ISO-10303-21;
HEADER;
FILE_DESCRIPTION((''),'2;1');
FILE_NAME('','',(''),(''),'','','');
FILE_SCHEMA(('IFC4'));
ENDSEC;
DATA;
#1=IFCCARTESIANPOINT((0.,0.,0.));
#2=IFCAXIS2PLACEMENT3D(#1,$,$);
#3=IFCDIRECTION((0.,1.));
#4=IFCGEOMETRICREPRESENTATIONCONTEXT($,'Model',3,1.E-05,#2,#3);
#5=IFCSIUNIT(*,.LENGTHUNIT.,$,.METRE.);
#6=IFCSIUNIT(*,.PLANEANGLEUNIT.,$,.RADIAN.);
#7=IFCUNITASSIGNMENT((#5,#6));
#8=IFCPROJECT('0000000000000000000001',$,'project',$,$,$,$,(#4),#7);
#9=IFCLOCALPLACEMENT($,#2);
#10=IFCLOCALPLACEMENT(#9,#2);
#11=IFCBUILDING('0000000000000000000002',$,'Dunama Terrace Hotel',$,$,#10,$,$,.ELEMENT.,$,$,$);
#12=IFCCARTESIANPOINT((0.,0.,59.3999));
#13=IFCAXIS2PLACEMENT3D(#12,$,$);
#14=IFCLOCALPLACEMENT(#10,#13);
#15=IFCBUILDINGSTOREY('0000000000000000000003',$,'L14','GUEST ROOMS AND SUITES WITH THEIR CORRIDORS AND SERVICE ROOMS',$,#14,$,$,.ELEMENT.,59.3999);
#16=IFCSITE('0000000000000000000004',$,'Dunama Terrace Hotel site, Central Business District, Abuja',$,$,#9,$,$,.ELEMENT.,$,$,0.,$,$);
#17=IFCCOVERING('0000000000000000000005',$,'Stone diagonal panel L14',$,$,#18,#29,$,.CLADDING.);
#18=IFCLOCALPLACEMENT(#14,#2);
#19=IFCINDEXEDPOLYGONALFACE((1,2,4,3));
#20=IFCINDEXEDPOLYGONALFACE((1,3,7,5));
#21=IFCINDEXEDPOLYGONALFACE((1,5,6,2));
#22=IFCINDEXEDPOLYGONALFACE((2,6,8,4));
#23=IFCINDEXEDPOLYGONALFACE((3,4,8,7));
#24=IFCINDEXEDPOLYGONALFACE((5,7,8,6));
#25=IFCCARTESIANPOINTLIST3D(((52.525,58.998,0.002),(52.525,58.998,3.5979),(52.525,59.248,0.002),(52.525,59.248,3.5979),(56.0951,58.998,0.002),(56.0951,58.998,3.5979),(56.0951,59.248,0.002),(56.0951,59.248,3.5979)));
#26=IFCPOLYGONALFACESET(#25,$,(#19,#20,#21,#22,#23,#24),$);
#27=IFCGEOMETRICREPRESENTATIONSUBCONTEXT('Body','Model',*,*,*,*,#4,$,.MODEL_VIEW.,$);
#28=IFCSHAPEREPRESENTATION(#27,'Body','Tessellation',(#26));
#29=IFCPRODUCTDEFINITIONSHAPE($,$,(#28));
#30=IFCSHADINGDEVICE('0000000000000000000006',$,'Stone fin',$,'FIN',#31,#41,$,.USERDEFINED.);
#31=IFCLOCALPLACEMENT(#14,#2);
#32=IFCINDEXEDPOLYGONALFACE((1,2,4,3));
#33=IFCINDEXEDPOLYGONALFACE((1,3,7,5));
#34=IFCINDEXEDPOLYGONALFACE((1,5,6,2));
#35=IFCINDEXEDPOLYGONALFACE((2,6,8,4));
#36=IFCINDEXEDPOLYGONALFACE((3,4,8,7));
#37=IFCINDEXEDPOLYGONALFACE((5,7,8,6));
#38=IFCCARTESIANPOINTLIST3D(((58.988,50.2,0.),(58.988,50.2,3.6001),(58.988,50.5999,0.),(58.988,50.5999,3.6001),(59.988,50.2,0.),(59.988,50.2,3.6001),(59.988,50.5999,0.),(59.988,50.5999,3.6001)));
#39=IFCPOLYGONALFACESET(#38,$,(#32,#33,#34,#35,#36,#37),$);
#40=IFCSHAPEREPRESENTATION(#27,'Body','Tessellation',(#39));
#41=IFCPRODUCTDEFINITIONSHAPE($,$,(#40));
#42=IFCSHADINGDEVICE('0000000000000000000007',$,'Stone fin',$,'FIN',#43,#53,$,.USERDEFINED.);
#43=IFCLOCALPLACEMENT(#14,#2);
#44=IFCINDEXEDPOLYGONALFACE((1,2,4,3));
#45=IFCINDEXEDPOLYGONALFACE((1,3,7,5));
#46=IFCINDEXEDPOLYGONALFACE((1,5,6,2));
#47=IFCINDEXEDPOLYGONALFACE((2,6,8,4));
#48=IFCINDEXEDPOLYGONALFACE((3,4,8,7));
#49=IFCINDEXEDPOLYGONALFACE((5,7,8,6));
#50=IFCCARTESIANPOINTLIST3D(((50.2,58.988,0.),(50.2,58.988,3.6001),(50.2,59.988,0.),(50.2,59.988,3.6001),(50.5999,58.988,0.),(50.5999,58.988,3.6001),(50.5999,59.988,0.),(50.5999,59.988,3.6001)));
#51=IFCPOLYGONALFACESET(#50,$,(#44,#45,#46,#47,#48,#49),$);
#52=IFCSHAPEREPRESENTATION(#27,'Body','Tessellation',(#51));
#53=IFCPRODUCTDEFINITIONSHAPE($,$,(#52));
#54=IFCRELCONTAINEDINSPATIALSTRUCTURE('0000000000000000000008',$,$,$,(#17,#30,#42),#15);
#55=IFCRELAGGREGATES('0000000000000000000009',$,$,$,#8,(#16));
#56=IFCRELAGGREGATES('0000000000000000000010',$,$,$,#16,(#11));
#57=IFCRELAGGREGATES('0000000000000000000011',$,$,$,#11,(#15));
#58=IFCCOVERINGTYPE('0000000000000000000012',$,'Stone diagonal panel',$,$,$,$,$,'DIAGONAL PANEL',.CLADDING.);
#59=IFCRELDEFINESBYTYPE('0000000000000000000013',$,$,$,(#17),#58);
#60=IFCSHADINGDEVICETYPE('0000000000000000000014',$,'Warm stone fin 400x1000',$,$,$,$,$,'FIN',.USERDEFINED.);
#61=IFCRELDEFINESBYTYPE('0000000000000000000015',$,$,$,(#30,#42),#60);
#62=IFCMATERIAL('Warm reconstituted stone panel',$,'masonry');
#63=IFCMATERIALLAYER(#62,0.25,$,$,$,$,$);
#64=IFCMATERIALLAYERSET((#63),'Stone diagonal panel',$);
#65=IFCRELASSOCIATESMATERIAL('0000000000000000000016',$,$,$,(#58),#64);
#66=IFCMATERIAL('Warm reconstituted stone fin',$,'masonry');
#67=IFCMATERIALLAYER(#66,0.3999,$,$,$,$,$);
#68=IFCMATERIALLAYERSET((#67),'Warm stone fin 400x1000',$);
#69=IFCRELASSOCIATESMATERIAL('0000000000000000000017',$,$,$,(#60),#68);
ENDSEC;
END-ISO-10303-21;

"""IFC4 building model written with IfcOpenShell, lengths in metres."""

from ifc_helpers import new_model, si_unit, direction, frame, origin, origin_2d, place, context, subcontext, project, spatial, rectangle, extrude, material, layer, layer_set, type_object, element, save


model = new_model("IFC4")

# Units and contexts
model_context = context("Model", 3, precision=1e-05, world=origin(), true_north=direction((0.0, 1.0)))
body_context = subcontext(model_context, "Body", "Model", "MODEL_VIEW")
ifc_project = project(units=[si_unit("LENGTHUNIT", "METRE"), si_unit("PLANEANGLEUNIT", "RADIAN")], contexts=[model_context])

# Site, building, storey
site_placement = place(None, origin())
site = spatial("IfcSite", under=ifc_project, at=site_placement, Name="Dunama Terrace Hotel site, Central Business District, Abuja", CompositionType="ELEMENT", RefElevation=0.0)
building_placement = place(site_placement, origin())
building = spatial("IfcBuilding", under=site, at=building_placement, Name="Dunama Terrace Hotel", CompositionType="ELEMENT")
storey_placement = place(building_placement, frame((0.0, 0.0, 59.3999)))
storey = spatial("IfcBuildingStorey", under=building, at=storey_placement, Name="L14", Description="GUEST ROOMS AND SUITES WITH THEIR CORRIDORS AND SERVICE ROOMS", CompositionType="ELEMENT", Elevation=59.3999)

# Covering
ifc_material_1 = material(Name="Warm reconstituted stone panel", Category="masonry")
ifc_layer_1 = layer(ifc_material_1, 0.25)
ifc_layer_set_1 = layer_set([ifc_layer_1], Name="Stone diagonal panel")
covering_type = type_object("IfcCoveringType", Name="Stone diagonal panel", ElementType="DIAGONAL PANEL", PredefinedType="CLADDING", material=ifc_layer_set_1)
covering_1_placement = place(storey_placement, frame((54.3101, 59.123, 0.002), z_axis=(0.0, 0.0, 1.0), x_axis=(-1.0, 0.0, 0.0)))
element("IfcCovering", 1, at=covering_1_placement, inside=storey, type_object=covering_type, Name="Stone diagonal panel L14", PredefinedType="CLADDING", context=body_context, shape_type="SweptSolid", body=[
    extrude(rectangle(XDim=3.5701, YDim=0.25, at=origin_2d()), origin(), (0.0, 0.0, 1.0), 3.5959),
])

# Shading devices
ifc_material_2 = material(Name="Warm reconstituted stone fin", Category="masonry")
ifc_layer_2 = layer(ifc_material_2, 0.3999)
ifc_layer_set_2 = layer_set([ifc_layer_2], Name="Warm stone fin 400x1000")
shading_device_type = type_object("IfcShadingDeviceType", Name="Warm stone fin 400x1000", ElementType="FIN", PredefinedType="USERDEFINED", material=ifc_layer_set_2)
for number, where, z_axis, x_axis, name in (
    (2, (59.488, 50.3999, 0.0), (0.0, 0.0, 1.0), (0.0, 1.0, 0.0), "Stone fin"),
    (3, (50.3999, 59.488, 0.0), (0.0, 0.0, 1.0), (-1.0, 0.0, 0.0), "Stone fin"),
):
    element("IfcShadingDevice", number, at=place(storey_placement, frame(where, z_axis=z_axis, x_axis=x_axis)), inside=storey, type_object=shading_device_type, Name=name, ObjectType="FIN", PredefinedType="USERDEFINED", context=body_context, shape_type="SweptSolid", body=[
        extrude(rectangle(XDim=0.3999, YDim=1.0, at=origin_2d()), origin(), (0.0, 0.0, 1.0), 3.6001),
    ])

save(model, "model.ifc")
